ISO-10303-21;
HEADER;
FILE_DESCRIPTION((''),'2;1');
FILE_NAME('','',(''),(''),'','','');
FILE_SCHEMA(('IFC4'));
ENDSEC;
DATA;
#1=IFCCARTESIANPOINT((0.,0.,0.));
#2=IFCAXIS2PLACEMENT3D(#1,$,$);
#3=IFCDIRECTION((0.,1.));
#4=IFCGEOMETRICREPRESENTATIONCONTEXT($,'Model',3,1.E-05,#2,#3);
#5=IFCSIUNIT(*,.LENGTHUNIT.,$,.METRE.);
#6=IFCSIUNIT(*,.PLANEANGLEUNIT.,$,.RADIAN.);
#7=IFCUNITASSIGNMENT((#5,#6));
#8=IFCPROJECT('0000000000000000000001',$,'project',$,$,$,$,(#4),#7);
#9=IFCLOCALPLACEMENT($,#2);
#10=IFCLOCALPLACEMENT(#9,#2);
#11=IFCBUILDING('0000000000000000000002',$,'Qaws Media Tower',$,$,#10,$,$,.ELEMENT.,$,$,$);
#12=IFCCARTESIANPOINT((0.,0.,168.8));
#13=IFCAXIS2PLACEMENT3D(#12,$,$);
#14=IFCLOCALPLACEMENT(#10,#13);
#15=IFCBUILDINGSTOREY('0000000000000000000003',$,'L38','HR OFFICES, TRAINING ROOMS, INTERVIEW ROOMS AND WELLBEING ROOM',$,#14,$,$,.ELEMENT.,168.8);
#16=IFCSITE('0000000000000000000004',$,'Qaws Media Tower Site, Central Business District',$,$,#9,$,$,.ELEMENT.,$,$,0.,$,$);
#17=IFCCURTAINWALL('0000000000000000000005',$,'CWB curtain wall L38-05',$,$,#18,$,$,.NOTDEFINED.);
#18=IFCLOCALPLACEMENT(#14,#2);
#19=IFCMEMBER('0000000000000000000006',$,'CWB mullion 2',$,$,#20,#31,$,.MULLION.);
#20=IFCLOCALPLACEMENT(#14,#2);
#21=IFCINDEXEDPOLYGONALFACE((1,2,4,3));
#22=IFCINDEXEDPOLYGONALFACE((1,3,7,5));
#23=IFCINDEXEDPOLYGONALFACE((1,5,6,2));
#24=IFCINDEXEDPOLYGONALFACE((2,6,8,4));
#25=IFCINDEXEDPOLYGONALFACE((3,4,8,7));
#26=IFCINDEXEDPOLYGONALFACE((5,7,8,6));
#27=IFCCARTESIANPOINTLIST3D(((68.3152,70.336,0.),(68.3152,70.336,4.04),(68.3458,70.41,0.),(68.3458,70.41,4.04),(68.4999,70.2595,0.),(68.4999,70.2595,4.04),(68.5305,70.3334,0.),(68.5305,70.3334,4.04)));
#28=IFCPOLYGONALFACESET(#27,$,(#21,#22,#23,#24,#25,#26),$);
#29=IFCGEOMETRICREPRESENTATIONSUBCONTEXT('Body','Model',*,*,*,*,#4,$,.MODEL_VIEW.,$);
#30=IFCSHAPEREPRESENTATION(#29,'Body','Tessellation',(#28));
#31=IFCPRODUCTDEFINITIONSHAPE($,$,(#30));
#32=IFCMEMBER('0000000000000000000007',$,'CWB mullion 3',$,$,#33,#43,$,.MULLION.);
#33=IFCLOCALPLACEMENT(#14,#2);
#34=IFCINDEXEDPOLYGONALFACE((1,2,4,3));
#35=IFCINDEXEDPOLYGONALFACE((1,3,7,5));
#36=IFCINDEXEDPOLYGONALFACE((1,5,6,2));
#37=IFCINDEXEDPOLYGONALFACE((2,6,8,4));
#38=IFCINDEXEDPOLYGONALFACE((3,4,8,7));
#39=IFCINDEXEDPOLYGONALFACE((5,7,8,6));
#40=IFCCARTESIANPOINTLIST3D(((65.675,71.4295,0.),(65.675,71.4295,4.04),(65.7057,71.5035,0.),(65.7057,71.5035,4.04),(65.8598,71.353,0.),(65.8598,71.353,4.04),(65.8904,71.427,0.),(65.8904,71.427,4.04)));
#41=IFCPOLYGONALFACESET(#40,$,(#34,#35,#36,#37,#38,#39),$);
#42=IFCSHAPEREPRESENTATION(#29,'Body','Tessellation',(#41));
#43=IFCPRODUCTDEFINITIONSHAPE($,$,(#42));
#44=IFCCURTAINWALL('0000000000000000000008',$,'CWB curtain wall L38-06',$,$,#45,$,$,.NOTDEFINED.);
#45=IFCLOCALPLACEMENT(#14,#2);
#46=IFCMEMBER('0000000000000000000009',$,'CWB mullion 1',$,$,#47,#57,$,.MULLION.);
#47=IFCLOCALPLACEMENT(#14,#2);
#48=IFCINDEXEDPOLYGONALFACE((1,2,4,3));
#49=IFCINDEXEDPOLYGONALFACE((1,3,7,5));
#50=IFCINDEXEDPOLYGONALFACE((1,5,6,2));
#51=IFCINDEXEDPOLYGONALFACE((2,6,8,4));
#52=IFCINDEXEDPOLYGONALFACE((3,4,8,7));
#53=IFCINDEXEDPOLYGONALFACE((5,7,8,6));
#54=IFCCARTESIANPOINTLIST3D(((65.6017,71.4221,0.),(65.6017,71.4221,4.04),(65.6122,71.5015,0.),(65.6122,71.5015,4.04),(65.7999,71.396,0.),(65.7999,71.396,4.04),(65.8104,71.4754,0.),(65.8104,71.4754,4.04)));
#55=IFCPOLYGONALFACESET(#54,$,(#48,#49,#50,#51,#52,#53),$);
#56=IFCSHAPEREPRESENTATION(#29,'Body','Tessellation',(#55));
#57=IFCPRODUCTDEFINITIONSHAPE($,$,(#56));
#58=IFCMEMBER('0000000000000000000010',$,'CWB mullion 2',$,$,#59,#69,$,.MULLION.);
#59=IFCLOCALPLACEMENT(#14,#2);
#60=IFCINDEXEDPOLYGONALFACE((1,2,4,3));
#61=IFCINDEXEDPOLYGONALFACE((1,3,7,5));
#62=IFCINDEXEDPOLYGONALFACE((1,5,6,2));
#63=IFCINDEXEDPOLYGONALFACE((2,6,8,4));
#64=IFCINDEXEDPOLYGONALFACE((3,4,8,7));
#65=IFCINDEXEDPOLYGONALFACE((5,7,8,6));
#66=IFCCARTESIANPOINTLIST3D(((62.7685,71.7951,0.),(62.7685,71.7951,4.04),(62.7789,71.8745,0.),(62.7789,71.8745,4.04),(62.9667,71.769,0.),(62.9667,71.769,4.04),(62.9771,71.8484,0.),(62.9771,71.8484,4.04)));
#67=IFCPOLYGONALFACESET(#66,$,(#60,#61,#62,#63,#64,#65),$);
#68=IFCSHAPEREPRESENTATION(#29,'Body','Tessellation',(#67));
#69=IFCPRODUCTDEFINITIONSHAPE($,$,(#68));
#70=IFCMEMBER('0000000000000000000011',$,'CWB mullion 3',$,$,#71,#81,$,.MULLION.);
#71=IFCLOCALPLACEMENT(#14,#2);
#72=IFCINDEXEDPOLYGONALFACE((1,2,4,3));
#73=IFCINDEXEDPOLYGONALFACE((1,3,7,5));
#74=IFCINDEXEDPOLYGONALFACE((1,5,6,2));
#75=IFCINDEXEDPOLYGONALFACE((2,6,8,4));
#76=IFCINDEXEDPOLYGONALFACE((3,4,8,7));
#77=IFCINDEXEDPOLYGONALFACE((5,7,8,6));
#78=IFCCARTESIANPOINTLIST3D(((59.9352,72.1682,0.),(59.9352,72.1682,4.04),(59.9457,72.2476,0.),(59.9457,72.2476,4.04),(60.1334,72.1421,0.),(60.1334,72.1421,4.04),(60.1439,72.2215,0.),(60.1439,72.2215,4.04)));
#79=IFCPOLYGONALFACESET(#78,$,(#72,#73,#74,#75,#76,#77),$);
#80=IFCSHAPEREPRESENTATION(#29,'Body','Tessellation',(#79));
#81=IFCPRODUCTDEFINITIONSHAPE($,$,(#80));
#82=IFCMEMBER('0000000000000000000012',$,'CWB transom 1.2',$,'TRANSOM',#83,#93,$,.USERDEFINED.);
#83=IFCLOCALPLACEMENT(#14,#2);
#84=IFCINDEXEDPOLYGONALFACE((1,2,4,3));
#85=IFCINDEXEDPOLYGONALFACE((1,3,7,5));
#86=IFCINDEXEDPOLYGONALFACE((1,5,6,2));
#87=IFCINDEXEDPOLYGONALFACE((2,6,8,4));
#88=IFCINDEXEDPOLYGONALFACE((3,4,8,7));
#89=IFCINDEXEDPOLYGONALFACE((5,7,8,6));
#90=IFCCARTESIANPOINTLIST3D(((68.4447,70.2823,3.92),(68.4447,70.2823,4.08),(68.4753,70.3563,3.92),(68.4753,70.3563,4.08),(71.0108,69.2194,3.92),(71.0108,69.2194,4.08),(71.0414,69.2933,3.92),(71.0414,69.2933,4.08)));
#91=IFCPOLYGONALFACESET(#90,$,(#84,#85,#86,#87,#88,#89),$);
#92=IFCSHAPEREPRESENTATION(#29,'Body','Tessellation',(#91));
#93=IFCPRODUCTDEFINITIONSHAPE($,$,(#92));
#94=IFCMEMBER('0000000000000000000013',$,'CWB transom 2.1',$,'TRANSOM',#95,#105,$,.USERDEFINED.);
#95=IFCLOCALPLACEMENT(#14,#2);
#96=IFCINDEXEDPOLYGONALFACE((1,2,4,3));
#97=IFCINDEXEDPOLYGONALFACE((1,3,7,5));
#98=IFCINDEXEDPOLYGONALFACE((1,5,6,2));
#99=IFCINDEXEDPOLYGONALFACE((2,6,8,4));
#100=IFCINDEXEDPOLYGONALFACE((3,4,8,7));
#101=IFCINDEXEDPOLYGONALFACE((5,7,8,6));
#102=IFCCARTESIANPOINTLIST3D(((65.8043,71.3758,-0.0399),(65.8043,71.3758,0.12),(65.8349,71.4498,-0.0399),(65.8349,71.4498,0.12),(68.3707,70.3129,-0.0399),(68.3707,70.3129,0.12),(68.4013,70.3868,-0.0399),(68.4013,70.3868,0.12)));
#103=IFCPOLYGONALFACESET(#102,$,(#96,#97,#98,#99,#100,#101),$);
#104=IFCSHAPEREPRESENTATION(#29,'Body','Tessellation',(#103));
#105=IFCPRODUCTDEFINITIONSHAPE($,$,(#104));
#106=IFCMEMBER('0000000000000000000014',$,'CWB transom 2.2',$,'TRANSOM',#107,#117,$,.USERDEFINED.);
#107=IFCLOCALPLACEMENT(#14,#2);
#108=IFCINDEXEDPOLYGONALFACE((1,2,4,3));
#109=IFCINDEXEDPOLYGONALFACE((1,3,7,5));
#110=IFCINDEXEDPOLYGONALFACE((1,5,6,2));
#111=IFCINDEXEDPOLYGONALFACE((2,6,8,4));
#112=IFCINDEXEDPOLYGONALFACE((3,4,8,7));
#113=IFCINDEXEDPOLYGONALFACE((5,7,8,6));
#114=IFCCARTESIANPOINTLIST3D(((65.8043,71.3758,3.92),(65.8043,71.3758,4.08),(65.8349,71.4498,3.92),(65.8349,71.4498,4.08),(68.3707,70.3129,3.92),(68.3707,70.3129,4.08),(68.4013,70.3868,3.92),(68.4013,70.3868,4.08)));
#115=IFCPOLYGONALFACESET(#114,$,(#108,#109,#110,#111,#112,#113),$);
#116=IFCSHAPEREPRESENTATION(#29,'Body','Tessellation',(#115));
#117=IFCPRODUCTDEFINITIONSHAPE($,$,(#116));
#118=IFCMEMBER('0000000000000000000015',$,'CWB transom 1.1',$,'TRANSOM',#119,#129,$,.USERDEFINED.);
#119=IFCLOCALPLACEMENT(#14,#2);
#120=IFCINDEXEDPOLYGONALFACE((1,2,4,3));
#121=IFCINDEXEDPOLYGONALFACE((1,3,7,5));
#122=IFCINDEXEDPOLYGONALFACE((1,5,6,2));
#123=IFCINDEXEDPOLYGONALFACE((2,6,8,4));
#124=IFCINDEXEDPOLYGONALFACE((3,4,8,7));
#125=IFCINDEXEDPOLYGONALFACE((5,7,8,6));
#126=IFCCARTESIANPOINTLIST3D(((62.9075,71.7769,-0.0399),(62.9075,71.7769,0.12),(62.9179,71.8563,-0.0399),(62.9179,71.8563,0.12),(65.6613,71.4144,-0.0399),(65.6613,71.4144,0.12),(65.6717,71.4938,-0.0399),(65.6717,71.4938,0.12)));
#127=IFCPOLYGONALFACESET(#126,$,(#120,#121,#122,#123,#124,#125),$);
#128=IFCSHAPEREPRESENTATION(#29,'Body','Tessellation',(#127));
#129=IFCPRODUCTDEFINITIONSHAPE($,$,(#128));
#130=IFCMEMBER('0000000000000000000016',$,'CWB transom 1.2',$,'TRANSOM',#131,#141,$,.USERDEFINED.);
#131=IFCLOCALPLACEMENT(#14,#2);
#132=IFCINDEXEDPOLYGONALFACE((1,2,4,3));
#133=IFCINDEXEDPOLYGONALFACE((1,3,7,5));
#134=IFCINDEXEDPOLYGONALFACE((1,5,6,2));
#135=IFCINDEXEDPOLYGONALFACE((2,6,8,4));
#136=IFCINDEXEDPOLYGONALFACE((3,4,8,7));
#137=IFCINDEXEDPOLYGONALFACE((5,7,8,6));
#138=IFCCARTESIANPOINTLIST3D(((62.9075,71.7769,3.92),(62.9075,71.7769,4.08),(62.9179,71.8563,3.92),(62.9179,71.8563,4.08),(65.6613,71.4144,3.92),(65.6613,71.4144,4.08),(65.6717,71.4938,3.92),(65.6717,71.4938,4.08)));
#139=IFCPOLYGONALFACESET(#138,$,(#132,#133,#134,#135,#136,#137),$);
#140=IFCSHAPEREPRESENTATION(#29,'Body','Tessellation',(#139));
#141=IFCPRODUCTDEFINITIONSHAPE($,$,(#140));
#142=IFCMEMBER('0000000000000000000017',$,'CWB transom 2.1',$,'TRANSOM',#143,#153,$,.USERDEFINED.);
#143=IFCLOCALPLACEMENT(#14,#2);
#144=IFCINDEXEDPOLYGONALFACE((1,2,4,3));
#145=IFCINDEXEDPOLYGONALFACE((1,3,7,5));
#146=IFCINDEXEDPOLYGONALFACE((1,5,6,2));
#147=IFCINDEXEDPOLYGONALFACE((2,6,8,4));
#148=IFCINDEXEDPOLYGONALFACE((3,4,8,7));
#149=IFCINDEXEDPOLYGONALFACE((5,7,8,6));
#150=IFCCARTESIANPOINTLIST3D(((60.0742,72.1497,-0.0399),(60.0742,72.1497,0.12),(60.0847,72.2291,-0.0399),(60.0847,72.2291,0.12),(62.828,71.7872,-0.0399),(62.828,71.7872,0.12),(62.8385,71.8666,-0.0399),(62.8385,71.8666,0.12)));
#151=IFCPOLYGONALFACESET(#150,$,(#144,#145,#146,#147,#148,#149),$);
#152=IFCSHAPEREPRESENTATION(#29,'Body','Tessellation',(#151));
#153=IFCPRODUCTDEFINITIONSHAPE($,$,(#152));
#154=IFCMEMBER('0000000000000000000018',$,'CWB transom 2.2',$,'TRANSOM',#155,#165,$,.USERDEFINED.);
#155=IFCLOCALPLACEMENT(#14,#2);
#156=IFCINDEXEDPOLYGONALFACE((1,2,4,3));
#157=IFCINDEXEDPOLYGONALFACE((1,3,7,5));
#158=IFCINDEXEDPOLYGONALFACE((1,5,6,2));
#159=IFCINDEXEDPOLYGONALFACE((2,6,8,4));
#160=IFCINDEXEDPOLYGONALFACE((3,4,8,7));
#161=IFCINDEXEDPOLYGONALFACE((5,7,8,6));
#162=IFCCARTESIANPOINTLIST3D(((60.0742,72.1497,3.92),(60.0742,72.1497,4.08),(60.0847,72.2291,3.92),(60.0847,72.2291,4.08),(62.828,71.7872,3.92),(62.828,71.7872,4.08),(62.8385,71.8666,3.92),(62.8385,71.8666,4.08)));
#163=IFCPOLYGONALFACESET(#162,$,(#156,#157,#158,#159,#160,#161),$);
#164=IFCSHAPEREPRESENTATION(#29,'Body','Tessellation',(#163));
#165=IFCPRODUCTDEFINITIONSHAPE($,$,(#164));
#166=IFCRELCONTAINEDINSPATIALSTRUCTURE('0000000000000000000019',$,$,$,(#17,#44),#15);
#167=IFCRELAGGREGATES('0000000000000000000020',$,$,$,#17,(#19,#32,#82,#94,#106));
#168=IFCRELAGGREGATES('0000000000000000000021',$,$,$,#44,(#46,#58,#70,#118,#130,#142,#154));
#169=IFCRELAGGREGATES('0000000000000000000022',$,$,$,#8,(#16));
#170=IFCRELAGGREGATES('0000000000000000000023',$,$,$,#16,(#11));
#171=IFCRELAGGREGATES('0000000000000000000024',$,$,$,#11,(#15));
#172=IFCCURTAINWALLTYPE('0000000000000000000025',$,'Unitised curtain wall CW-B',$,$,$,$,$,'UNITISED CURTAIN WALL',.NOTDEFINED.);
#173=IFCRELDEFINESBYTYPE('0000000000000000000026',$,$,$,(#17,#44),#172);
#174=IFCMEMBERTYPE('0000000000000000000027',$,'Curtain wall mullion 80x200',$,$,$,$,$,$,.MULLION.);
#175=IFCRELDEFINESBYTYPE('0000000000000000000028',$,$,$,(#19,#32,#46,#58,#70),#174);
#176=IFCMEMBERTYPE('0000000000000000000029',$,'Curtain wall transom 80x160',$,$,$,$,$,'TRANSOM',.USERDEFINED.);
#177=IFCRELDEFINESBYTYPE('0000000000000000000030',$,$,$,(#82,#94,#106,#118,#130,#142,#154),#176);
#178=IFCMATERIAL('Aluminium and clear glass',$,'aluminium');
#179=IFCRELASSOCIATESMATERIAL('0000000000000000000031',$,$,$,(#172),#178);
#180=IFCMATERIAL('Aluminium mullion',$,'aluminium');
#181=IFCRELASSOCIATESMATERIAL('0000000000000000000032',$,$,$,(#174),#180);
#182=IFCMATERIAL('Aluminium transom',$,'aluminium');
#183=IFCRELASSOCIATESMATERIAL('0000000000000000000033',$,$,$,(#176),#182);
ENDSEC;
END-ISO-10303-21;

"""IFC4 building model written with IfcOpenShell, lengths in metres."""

from ifc_helpers import new_model, si_unit, direction, frame, origin, origin_2d, place, context, subcontext, project, spatial, rectangle, extrude, material, material_profile, profile_set, type_object, element, aggregate, save


model = new_model("IFC4")

# Units and contexts
model_context = context("Model", 3, precision=1e-05, world=origin(), true_north=direction((0.0, 1.0)))
body_context = subcontext(model_context, "Body", "Model", "MODEL_VIEW")
ifc_project = project(units=[si_unit("LENGTHUNIT", "METRE"), si_unit("PLANEANGLEUNIT", "RADIAN")], contexts=[model_context])

# Site, building, storey
site_placement = place(None, origin())
site = spatial("IfcSite", under=ifc_project, at=site_placement, Name="Qaws Media Tower Site, Central Business District", CompositionType="ELEMENT", RefElevation=0.0)
building_placement = place(site_placement, origin())
building = spatial("IfcBuilding", under=site, at=building_placement, Name="Qaws Media Tower", CompositionType="ELEMENT")
storey_placement = place(building_placement, frame((0.0, 0.0, 168.8)))
storey = spatial("IfcBuildingStorey", under=building, at=storey_placement, Name="L38", Description="HR OFFICES, TRAINING ROOMS, INTERVIEW ROOMS AND WELLBEING ROOM", CompositionType="ELEMENT", Elevation=168.8)

# Curtain walls, members
ifc_material_1 = material(Name="Aluminium and clear glass", Category="aluminium")
curtain_wall_type = type_object("IfcCurtainWallType", Name="Unitised curtain wall CW-B", ElementType="UNITISED CURTAIN WALL", PredefinedType="NOTDEFINED", material=ifc_material_1)
curtain_wall_1_placement = place(storey_placement, origin())
curtain_wall_1 = element("IfcCurtainWall", 1, at=curtain_wall_1_placement, inside=storey, type_object=curtain_wall_type, Name="CWB curtain wall L38-05", PredefinedType="NOTDEFINED")
ifc_material_2 = material(Name="Aluminium mullion", Category="aluminium")
ifc_material_profile_1 = material_profile(ifc_material_2, rectangle(XDim=0.0801, YDim=0.2, at=origin_2d()), Name="80x200")
ifc_profile_set_1 = profile_set([ifc_material_profile_1], Name="Aluminium mullion")
member_type_1 = type_object("IfcMemberType", Name="Curtain wall mullion 80x200", PredefinedType="MULLION", material=ifc_profile_set_1)
member_1_placement = place(storey_placement, frame((68.4229, 70.3347, 0.0), z_axis=(0.0, 0.0, 1.0), x_axis=(-0.382683, -0.92388, 0.0)))
member_1 = element("IfcMember", 2, at=member_1_placement, type_object=member_type_1, Name="CWB mullion 2", PredefinedType="MULLION", context=body_context, shape_type="SweptSolid", body=[
    extrude(rectangle(XDim=0.0801, YDim=0.2, at=origin_2d()), origin(), (0.0, 0.0, 1.0), 4.04),
])
member_2_placement = place(storey_placement, frame((65.7827, 71.4282, 0.0), z_axis=(0.0, 0.0, 1.0), x_axis=(-0.382683, -0.92388, 0.0)))
member_2 = element("IfcMember", 3, at=member_2_placement, type_object=member_type_1, Name="CWB mullion 3", PredefinedType="MULLION", context=body_context, shape_type="SweptSolid", body=[
    extrude(rectangle(XDim=0.0801, YDim=0.2, at=origin_2d()), origin(), (0.0, 0.0, 1.0), 4.04),
])
curtain_wall_2_placement = place(storey_placement, origin())
curtain_wall_2 = element("IfcCurtainWall", 4, at=curtain_wall_2_placement, inside=storey, type_object=curtain_wall_type, Name="CWB curtain wall L38-06", PredefinedType="NOTDEFINED")
member_3_placement = place(storey_placement, frame((65.7061, 71.4487, 0.0), z_axis=(0.0, 0.0, 1.0), x_axis=(-0.130526, -0.991445, 0.0)))
member_3 = element("IfcMember", 5, at=member_3_placement, type_object=member_type_1, Name="CWB mullion 1", PredefinedType="MULLION", context=body_context, shape_type="SweptSolid", body=[
    extrude(rectangle(XDim=0.0801, YDim=0.2, at=origin_2d()), origin(), (0.0, 0.0, 1.0), 4.04),
])
member_4_placement = place(storey_placement, frame((62.8728, 71.8218, 0.0), z_axis=(0.0, 0.0, 1.0), x_axis=(-0.130526, -0.991445, 0.0)))
member_4 = element("IfcMember", 6, at=member_4_placement, type_object=member_type_1, Name="CWB mullion 2", PredefinedType="MULLION", context=body_context, shape_type="SweptSolid", body=[
    extrude(rectangle(XDim=0.0801, YDim=0.2, at=origin_2d()), origin(), (0.0, 0.0, 1.0), 4.04),
])
member_5_placement = place(storey_placement, frame((60.0396, 72.1948, 0.0), z_axis=(0.0, 0.0, 1.0), x_axis=(-0.130526, -0.991445, 0.0)))
member_5 = element("IfcMember", 7, at=member_5_placement, type_object=member_type_1, Name="CWB mullion 3", PredefinedType="MULLION", context=body_context, shape_type="SweptSolid", body=[
    extrude(rectangle(XDim=0.0801, YDim=0.2, at=origin_2d()), origin(), (0.0, 0.0, 1.0), 4.04),
])

# Members
ifc_material_3 = material(Name="Aluminium transom", Category="aluminium")
ifc_material_profile_2 = material_profile(ifc_material_3, rectangle(XDim=0.0801, YDim=0.1599, at=origin_2d()), Name="80x160")
ifc_profile_set_2 = profile_set([ifc_material_profile_2], Name="Aluminium transom")
member_type_2 = type_object("IfcMemberType", Name="Curtain wall transom 80x160", ElementType="TRANSOM", PredefinedType="USERDEFINED", material=ifc_profile_set_2)
member_6_placement = place(storey_placement, frame((71.0261, 69.2563, 4.0), z_axis=(-0.923873, 0.382699, 0.0), x_axis=(-0.382699, -0.923873, 0.0)))
member_6 = element("IfcMember", 8, at=member_6_placement, type_object=member_type_2, Name="CWB transom 1.2", ObjectType="TRANSOM", PredefinedType="USERDEFINED", context=body_context, shape_type="SweptSolid", body=[
    extrude(rectangle(XDim=0.0801, YDim=0.1599, at=origin_2d()), origin(), (0.0, 0.0, 1.0), 2.7776),
])
member_7_placement = place(storey_placement, frame((68.386, 70.3499, 0.04), z_axis=(-0.923886, 0.382667, 0.0), x_axis=(-0.382667, -0.923886, 0.0)))
member_7 = element("IfcMember", 9, at=member_7_placement, type_object=member_type_2, Name="CWB transom 2.1", ObjectType="TRANSOM", PredefinedType="USERDEFINED", context=body_context, shape_type="SweptSolid", body=[
    extrude(rectangle(XDim=0.0801, YDim=0.1599, at=origin_2d()), origin(), (0.0, 0.0, 1.0), 2.7778),
])
member_8_placement = place(storey_placement, frame((68.386, 70.3499, 4.0), z_axis=(-0.923886, 0.382667, 0.0), x_axis=(-0.382667, -0.923886, 0.0)))
member_8 = element("IfcMember", 10, at=member_8_placement, type_object=member_type_2, Name="CWB transom 2.2", ObjectType="TRANSOM", PredefinedType="USERDEFINED", context=body_context, shape_type="SweptSolid", body=[
    extrude(rectangle(XDim=0.0801, YDim=0.1599, at=origin_2d()), origin(), (0.0, 0.0, 1.0), 2.7778),
])
member_9_placement = place(storey_placement, frame((65.6665, 71.4541, 0.04), z_axis=(-0.991445, 0.130523, 0.0), x_axis=(-0.130523, -0.991445, 0.0)))
member_9 = element("IfcMember", 11, at=member_9_placement, type_object=member_type_2, Name="CWB transom 1.1", ObjectType="TRANSOM", PredefinedType="USERDEFINED", context=body_context, shape_type="SweptSolid", body=[
    extrude(rectangle(XDim=0.0801, YDim=0.1599, at=origin_2d()), origin(), (0.0, 0.0, 1.0), 2.7776),
])
member_10_placement = place(storey_placement, frame((65.6665, 71.4541, 4.0), z_axis=(-0.991445, 0.130523, 0.0), x_axis=(-0.130523, -0.991445, 0.0)))
member_10 = element("IfcMember", 12, at=member_10_placement, type_object=member_type_2, Name="CWB transom 1.2", ObjectType="TRANSOM", PredefinedType="USERDEFINED", context=body_context, shape_type="SweptSolid", body=[
    extrude(rectangle(XDim=0.0801, YDim=0.1599, at=origin_2d()), origin(), (0.0, 0.0, 1.0), 2.7776),
])
member_11_placement = place(storey_placement, frame((62.8333, 71.8269, 0.04), z_axis=(-0.991445, 0.130523, 0.0), x_axis=(-0.130523, -0.991445, 0.0)))
member_11 = element("IfcMember", 13, at=member_11_placement, type_object=member_type_2, Name="CWB transom 2.1", ObjectType="TRANSOM", PredefinedType="USERDEFINED", context=body_context, shape_type="SweptSolid", body=[
    extrude(rectangle(XDim=0.0801, YDim=0.1599, at=origin_2d()), origin(), (0.0, 0.0, 1.0), 2.7776),
])
member_12_placement = place(storey_placement, frame((62.8333, 71.8269, 4.0), z_axis=(-0.991445, 0.130523, 0.0), x_axis=(-0.130523, -0.991445, 0.0)))
member_12 = element("IfcMember", 14, at=member_12_placement, type_object=member_type_2, Name="CWB transom 2.2", ObjectType="TRANSOM", PredefinedType="USERDEFINED", context=body_context, shape_type="SweptSolid", body=[
    extrude(rectangle(XDim=0.0801, YDim=0.1599, at=origin_2d()), origin(), (0.0, 0.0, 1.0), 2.7776),
])

aggregate(curtain_wall_1, [member_1, member_2, member_6, member_7, member_8])
aggregate(curtain_wall_2, [member_3, member_4, member_5, member_9, member_10, member_11, member_12])

save(model, "model.ifc")
